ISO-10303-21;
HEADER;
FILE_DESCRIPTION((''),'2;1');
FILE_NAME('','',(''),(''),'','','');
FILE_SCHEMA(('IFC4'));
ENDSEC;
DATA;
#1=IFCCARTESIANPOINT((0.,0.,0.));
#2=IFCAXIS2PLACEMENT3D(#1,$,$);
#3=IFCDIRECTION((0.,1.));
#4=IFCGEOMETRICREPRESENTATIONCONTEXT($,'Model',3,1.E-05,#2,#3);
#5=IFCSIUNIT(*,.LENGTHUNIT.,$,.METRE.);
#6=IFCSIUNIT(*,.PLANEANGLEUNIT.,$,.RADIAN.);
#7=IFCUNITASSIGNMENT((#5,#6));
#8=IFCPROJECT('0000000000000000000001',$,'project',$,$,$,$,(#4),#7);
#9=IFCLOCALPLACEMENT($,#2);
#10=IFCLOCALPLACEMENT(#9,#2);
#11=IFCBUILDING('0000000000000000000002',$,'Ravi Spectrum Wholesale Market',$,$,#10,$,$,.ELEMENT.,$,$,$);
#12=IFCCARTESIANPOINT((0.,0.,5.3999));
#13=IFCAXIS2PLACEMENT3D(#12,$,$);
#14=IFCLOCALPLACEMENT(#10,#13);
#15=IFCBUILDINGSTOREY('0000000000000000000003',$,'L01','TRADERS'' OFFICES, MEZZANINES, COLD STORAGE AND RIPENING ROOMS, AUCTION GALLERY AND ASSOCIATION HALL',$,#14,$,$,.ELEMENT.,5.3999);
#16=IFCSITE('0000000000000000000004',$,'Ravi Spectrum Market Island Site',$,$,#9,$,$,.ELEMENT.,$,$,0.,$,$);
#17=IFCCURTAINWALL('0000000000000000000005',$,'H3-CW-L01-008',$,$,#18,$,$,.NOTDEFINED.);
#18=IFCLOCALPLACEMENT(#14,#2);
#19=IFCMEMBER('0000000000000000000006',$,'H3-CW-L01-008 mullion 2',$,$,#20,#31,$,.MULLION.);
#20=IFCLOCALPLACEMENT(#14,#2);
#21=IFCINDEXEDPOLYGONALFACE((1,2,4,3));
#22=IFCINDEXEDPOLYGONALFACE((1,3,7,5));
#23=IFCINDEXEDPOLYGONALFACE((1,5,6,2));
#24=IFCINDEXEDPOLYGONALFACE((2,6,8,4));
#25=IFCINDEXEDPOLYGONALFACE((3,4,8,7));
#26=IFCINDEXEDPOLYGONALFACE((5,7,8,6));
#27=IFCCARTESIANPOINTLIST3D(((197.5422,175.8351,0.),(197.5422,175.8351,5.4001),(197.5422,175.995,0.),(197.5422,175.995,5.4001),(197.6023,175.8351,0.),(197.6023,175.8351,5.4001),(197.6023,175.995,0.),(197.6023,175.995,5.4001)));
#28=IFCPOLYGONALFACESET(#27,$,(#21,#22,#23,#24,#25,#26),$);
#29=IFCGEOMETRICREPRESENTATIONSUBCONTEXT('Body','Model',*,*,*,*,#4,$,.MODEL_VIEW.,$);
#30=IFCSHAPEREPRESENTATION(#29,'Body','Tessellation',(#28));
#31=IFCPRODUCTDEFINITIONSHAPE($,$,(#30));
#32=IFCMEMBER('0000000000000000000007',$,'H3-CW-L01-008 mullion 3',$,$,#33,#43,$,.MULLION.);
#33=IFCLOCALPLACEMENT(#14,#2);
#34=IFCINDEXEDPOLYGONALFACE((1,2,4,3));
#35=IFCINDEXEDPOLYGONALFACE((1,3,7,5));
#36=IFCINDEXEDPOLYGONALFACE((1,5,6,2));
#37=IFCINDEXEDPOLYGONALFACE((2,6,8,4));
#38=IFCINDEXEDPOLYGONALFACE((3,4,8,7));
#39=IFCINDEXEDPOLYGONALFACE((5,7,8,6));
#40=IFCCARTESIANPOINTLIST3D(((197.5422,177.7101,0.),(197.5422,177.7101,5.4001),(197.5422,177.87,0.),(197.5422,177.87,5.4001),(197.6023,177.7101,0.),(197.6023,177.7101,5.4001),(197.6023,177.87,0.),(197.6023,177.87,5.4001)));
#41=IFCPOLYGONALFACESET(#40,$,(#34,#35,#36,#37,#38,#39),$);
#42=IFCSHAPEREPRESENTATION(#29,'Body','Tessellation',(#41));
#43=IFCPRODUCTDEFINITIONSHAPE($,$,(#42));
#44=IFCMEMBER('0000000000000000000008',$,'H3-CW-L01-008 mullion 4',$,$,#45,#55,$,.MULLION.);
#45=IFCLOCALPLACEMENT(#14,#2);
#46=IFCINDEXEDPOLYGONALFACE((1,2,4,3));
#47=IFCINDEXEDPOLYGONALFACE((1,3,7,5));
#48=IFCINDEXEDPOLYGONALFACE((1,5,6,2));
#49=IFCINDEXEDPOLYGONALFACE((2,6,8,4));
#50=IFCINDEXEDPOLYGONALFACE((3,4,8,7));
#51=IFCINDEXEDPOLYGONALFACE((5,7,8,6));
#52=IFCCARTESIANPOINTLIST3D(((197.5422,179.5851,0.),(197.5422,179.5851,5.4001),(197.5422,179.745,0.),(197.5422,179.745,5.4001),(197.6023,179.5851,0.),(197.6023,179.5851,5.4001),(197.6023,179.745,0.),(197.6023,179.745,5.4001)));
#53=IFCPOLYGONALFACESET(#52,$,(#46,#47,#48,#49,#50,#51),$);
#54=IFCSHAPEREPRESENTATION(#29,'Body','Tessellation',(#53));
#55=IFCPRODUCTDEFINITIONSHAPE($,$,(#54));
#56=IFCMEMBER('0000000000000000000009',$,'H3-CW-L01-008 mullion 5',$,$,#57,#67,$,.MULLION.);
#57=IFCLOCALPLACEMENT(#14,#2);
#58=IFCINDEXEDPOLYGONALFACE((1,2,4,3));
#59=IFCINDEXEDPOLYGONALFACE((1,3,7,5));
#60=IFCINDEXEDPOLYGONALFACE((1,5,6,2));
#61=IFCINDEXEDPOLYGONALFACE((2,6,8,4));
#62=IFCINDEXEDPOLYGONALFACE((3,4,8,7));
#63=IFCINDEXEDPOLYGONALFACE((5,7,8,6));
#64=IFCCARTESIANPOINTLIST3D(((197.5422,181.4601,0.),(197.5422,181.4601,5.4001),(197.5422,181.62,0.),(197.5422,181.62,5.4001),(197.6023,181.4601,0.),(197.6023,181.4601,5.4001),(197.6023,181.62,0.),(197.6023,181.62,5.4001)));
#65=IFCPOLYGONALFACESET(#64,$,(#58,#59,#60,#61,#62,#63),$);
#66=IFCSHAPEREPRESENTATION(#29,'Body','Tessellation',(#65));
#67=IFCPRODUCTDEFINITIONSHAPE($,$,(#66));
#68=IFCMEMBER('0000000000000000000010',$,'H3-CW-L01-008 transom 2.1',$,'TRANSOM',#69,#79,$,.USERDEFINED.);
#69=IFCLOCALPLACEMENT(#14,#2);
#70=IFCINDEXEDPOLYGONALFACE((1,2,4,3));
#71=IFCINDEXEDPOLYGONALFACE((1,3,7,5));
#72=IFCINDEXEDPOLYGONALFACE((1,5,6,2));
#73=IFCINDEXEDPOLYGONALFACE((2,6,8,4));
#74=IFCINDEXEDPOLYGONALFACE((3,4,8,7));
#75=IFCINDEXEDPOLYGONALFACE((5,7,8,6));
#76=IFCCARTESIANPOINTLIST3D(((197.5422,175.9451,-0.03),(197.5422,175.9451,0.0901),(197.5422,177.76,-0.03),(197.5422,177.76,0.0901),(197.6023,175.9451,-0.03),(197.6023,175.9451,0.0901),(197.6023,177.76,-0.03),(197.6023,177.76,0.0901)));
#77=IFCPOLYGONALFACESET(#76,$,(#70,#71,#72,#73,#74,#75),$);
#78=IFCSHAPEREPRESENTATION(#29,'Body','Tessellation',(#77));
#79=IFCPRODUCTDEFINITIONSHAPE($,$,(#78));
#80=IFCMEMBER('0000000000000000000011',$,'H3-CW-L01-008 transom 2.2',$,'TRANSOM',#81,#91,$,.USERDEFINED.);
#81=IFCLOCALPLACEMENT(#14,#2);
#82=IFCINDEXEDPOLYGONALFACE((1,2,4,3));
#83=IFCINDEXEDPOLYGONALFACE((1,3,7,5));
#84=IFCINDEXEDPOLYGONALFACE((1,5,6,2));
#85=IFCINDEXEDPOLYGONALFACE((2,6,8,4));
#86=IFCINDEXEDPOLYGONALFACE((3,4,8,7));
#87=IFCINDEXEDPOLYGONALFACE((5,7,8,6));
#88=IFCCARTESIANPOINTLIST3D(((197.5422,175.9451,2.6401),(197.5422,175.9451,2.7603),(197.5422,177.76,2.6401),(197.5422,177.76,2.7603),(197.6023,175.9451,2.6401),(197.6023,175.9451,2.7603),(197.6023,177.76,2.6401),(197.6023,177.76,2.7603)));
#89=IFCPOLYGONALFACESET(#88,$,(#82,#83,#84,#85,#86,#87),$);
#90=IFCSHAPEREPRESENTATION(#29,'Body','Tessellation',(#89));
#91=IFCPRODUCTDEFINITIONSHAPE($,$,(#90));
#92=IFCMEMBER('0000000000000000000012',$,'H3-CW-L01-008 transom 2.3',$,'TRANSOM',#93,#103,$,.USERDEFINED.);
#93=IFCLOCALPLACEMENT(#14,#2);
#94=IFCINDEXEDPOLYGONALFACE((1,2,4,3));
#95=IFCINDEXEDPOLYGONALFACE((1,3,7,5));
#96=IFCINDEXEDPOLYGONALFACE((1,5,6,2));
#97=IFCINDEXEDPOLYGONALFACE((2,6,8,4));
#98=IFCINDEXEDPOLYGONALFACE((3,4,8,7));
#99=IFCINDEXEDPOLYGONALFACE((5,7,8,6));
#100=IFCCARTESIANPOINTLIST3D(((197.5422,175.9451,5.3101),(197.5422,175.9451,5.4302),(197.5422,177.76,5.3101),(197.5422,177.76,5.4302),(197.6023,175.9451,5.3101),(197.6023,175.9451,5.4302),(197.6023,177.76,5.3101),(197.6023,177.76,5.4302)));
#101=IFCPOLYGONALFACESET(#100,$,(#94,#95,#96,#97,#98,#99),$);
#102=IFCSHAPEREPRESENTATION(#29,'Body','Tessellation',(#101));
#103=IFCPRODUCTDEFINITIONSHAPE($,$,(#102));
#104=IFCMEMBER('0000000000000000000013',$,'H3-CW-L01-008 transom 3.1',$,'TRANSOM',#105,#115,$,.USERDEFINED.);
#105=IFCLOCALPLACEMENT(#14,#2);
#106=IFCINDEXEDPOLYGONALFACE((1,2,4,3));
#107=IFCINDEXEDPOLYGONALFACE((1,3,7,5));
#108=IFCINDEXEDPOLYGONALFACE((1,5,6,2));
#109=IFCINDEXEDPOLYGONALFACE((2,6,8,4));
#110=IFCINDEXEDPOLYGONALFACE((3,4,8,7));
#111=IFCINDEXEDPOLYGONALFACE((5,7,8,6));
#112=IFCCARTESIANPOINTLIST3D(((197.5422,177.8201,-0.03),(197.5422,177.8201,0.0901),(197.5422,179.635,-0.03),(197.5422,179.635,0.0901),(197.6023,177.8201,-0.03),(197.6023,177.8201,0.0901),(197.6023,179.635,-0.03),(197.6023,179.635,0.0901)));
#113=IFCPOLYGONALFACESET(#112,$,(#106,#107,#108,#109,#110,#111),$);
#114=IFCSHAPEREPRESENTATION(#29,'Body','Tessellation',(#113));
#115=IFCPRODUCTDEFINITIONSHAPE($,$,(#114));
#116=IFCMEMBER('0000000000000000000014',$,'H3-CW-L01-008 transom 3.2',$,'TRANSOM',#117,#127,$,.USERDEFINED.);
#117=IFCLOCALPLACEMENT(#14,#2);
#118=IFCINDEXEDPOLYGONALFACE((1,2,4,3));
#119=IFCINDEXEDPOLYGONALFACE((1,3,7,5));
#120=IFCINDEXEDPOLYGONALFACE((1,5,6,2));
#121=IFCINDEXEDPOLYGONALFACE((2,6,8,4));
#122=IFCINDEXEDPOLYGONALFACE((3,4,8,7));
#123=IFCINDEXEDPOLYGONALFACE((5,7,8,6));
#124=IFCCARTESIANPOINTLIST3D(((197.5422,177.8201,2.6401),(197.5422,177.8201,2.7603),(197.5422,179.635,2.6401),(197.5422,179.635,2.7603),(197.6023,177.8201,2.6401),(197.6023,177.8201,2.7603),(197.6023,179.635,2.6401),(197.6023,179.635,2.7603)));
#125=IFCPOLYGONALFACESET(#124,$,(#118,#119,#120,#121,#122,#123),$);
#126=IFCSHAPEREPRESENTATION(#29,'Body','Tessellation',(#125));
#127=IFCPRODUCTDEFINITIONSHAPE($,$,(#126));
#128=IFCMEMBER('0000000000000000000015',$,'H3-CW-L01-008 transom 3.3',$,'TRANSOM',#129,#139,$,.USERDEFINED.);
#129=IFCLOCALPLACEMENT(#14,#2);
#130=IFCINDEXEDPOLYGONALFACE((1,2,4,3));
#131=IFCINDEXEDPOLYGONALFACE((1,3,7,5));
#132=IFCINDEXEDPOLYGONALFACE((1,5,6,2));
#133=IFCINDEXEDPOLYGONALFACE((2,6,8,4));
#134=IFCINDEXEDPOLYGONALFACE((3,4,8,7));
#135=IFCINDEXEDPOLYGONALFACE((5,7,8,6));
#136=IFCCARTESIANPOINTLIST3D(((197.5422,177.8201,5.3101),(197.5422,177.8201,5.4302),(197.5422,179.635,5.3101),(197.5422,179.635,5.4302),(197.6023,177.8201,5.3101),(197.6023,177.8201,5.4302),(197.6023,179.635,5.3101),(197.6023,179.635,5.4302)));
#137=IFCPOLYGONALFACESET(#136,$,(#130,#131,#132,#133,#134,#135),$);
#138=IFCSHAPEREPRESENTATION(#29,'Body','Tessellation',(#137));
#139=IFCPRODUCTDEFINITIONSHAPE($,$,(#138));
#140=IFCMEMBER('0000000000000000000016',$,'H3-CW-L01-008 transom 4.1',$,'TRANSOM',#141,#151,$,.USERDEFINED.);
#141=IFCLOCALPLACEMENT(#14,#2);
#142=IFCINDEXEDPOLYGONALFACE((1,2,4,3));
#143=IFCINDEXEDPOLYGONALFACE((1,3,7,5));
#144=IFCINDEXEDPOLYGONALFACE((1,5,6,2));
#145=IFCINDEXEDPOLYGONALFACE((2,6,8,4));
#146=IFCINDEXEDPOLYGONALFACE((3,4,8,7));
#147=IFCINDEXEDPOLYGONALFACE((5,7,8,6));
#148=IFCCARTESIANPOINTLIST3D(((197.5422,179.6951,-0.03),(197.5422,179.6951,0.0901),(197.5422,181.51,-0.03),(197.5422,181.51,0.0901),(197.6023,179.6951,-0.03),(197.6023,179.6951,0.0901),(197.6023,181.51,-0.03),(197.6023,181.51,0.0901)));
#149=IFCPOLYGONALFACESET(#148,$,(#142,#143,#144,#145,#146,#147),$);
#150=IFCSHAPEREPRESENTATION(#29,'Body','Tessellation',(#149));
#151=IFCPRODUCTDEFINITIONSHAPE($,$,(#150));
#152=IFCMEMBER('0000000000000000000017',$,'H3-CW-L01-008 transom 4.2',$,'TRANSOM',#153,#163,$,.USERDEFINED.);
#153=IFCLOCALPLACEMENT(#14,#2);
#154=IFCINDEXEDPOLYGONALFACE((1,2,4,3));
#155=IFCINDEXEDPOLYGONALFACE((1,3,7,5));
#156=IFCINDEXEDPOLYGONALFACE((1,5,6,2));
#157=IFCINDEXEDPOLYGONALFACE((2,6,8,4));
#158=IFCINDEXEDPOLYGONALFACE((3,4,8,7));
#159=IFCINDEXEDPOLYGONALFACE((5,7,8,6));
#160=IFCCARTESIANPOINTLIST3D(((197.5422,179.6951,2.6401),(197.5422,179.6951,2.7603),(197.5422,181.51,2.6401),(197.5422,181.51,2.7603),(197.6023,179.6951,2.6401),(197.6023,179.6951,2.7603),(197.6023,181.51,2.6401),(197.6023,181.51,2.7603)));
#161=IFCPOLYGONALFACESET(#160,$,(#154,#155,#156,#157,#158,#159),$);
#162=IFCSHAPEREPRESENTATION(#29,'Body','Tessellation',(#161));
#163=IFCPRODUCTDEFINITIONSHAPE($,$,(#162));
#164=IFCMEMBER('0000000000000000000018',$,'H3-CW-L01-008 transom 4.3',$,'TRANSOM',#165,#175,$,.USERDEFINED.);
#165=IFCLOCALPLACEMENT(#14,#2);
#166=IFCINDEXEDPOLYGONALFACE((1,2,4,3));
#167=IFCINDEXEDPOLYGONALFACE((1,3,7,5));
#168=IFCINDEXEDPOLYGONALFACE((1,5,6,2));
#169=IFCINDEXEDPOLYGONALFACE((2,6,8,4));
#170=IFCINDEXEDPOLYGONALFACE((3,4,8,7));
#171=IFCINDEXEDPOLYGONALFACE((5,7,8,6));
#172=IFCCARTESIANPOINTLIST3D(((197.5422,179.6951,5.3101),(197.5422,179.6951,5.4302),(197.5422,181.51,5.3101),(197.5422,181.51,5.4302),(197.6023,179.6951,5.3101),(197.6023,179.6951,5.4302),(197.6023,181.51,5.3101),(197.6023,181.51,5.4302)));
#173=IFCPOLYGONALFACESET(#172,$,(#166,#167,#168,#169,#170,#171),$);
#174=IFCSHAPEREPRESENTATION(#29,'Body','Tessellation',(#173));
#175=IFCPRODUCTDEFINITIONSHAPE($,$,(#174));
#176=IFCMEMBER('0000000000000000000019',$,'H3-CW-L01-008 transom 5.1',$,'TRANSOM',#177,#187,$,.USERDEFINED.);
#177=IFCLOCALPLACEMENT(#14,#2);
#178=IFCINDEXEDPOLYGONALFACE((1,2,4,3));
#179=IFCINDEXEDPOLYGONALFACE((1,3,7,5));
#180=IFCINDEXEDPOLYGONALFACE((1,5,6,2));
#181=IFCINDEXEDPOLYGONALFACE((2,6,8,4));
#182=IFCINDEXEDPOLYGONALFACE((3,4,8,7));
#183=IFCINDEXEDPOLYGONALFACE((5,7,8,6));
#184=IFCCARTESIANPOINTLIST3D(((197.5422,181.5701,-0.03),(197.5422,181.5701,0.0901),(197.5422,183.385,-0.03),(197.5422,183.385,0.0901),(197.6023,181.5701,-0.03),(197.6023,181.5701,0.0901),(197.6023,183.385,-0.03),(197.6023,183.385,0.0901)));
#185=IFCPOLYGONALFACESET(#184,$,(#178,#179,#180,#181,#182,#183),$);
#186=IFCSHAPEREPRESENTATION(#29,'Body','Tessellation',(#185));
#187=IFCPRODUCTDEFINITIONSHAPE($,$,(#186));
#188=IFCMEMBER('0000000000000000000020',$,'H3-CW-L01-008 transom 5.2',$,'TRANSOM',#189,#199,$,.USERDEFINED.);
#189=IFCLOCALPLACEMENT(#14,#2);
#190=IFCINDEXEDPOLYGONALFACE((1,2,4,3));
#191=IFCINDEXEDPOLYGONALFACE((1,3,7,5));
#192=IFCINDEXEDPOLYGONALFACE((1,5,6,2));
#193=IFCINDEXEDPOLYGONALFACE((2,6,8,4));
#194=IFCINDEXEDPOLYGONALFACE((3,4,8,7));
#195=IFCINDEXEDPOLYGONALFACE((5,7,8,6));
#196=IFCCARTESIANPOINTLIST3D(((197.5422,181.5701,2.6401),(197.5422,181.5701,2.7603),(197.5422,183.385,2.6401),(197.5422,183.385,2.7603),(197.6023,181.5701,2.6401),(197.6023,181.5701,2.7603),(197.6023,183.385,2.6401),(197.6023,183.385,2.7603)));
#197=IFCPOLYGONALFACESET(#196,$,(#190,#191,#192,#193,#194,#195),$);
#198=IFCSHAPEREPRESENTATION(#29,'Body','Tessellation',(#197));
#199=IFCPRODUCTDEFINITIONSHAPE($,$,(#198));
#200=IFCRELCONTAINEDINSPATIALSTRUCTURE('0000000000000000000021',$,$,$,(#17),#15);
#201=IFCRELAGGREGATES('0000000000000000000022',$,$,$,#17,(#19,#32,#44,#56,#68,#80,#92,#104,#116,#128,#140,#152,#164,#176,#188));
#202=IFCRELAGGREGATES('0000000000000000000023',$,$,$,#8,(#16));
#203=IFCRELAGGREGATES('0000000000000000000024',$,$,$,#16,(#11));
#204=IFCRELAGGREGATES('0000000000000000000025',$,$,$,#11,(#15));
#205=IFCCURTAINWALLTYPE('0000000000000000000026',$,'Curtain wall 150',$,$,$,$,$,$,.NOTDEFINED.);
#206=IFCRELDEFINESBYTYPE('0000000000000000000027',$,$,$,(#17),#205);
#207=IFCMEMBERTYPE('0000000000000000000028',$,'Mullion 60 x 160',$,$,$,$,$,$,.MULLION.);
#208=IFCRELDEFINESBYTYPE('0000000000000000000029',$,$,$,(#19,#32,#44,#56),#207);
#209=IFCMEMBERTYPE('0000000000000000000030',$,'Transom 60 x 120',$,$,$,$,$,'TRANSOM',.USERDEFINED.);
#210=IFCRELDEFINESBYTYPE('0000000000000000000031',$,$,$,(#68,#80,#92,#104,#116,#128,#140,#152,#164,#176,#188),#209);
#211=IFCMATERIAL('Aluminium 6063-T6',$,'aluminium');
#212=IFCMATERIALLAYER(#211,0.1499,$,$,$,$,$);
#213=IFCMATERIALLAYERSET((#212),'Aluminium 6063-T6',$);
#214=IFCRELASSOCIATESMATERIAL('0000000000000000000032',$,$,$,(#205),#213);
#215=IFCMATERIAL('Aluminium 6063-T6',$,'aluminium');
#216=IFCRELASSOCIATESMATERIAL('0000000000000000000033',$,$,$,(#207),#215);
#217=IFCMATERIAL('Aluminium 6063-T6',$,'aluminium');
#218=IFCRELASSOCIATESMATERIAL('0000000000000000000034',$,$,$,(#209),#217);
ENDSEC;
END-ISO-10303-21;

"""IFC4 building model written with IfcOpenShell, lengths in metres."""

from ifc_helpers import new_model, si_unit, direction, frame, origin, origin_2d, place, context, subcontext, project, spatial, rectangle, extrude, material, layer, layer_set, material_profile, profile_set, type_object, element, aggregate, save


model = new_model("IFC4")

# Units and contexts
model_context = context("Model", 3, precision=1e-05, world=origin(), true_north=direction((0.0, 1.0)))
body_context = subcontext(model_context, "Body", "Model", "MODEL_VIEW")
ifc_project = project(units=[si_unit("LENGTHUNIT", "METRE"), si_unit("PLANEANGLEUNIT", "RADIAN")], contexts=[model_context])

# Site, building, storey
site_placement = place(None, origin())
site = spatial("IfcSite", under=ifc_project, at=site_placement, Name="Ravi Spectrum Market Island Site", CompositionType="ELEMENT", RefElevation=0.0)
building_placement = place(site_placement, origin())
building = spatial("IfcBuilding", under=site, at=building_placement, Name="Ravi Spectrum Wholesale Market", CompositionType="ELEMENT")
storey_placement = place(building_placement, frame((0.0, 0.0, 5.3999)))
storey = spatial("IfcBuildingStorey", under=building, at=storey_placement, Name="L01", Description="TRADERS' OFFICES, MEZZANINES, COLD STORAGE AND RIPENING ROOMS, AUCTION GALLERY AND ASSOCIATION HALL", CompositionType="ELEMENT", Elevation=5.3999)

# Curtain wall, members
ifc_material_1 = material(Name="Aluminium 6063-T6", Category="aluminium")
ifc_layer_1 = layer(ifc_material_1, 0.1499)
ifc_layer_set_1 = layer_set([ifc_layer_1], Name="Aluminium 6063-T6")
curtain_wall_type = type_object("IfcCurtainWallType", Name="Curtain wall 150", PredefinedType="NOTDEFINED", material=ifc_layer_set_1)
curtain_wall_placement = place(storey_placement, origin())
curtain_wall = element("IfcCurtainWall", 1, at=curtain_wall_placement, inside=storey, type_object=curtain_wall_type, Name="H3-CW-L01-008", PredefinedType="NOTDEFINED")
ifc_material_2 = material(Name="Aluminium 6063-T6", Category="aluminium")
ifc_material_profile_1 = material_profile(ifc_material_2, rectangle(XDim=0.0601, YDim=0.1599, at=origin_2d()))
ifc_profile_set_1 = profile_set([ifc_material_profile_1], Name="Aluminium 6063-T6")
member_type_1 = type_object("IfcMemberType", Name="Mullion 60 x 160", PredefinedType="MULLION", material=ifc_profile_set_1)
member_1_placement = place(storey_placement, frame((197.5723, 175.915, 0.0), z_axis=(0.0, 0.0, 1.0), x_axis=(-1.0, 0.0, 0.0)))
member_1 = element("IfcMember", 2, at=member_1_placement, type_object=member_type_1, Name="H3-CW-L01-008 mullion 2", PredefinedType="MULLION", context=body_context, shape_type="SweptSolid", body=[
    extrude(rectangle(XDim=0.0601, YDim=0.1599, at=origin_2d()), origin(), (0.0, 0.0, 1.0), 5.4001),
])
member_2_placement = place(storey_placement, frame((197.5723, 177.79, 0.0), z_axis=(0.0, 0.0, 1.0), x_axis=(-1.0, 0.0, 0.0)))
member_2 = element("IfcMember", 3, at=member_2_placement, type_object=member_type_1, Name="H3-CW-L01-008 mullion 3", PredefinedType="MULLION", context=body_context, shape_type="SweptSolid", body=[
    extrude(rectangle(XDim=0.0601, YDim=0.1599, at=origin_2d()), origin(), (0.0, 0.0, 1.0), 5.4001),
])
member_3_placement = place(storey_placement, frame((197.5723, 179.665, 0.0), z_axis=(0.0, 0.0, 1.0), x_axis=(-1.0, 0.0, 0.0)))
member_3 = element("IfcMember", 4, at=member_3_placement, type_object=member_type_1, Name="H3-CW-L01-008 mullion 4", PredefinedType="MULLION", context=body_context, shape_type="SweptSolid", body=[
    extrude(rectangle(XDim=0.0601, YDim=0.1599, at=origin_2d()), origin(), (0.0, 0.0, 1.0), 5.4001),
])
member_4_placement = place(storey_placement, frame((197.5723, 181.54, 0.0), z_axis=(0.0, 0.0, 1.0), x_axis=(-1.0, 0.0, 0.0)))
member_4 = element("IfcMember", 5, at=member_4_placement, type_object=member_type_1, Name="H3-CW-L01-008 mullion 5", PredefinedType="MULLION", context=body_context, shape_type="SweptSolid", body=[
    extrude(rectangle(XDim=0.0601, YDim=0.1599, at=origin_2d()), origin(), (0.0, 0.0, 1.0), 5.4001),
])
ifc_material_3 = material(Name="Aluminium 6063-T6", Category="aluminium")
ifc_material_profile_2 = material_profile(ifc_material_3, rectangle(XDim=0.0601, YDim=0.1201, at=origin_2d()))
ifc_profile_set_2 = profile_set([ifc_material_profile_2], Name="Aluminium 6063-T6")
member_type_2 = type_object("IfcMemberType", Name="Transom 60 x 120", ElementType="TRANSOM", PredefinedType="USERDEFINED", material=ifc_profile_set_2)
member_5_placement = place(storey_placement, frame((197.5723, 175.9451, 0.03), z_axis=(0.0, 1.0, 0.0), x_axis=(-1.0, 0.0, 0.0)))
member_5 = element("IfcMember", 6, at=member_5_placement, type_object=member_type_2, Name="H3-CW-L01-008 transom 2.1", ObjectType="TRANSOM", PredefinedType="USERDEFINED", context=body_context, shape_type="SweptSolid", body=[
    extrude(rectangle(XDim=0.0601, YDim=0.1201, at=origin_2d()), origin(), (0.0, 0.0, 1.0), 1.8149),
])
member_6_placement = place(storey_placement, frame((197.5723, 175.9451, 2.7002), z_axis=(0.0, 1.0, 0.0), x_axis=(-1.0, 0.0, 0.0)))
member_6 = element("IfcMember", 7, at=member_6_placement, type_object=member_type_2, Name="H3-CW-L01-008 transom 2.2", ObjectType="TRANSOM", PredefinedType="USERDEFINED", context=body_context, shape_type="SweptSolid", body=[
    extrude(rectangle(XDim=0.0601, YDim=0.1201, at=origin_2d()), origin(), (0.0, 0.0, 1.0), 1.8149),
])
member_7_placement = place(storey_placement, frame((197.5723, 175.9451, 5.3701), z_axis=(0.0, 1.0, 0.0), x_axis=(-1.0, 0.0, 0.0)))
member_7 = element("IfcMember", 8, at=member_7_placement, type_object=member_type_2, Name="H3-CW-L01-008 transom 2.3", ObjectType="TRANSOM", PredefinedType="USERDEFINED", context=body_context, shape_type="SweptSolid", body=[
    extrude(rectangle(XDim=0.0601, YDim=0.1201, at=origin_2d()), origin(), (0.0, 0.0, 1.0), 1.8149),
])
member_8_placement = place(storey_placement, frame((197.5723, 177.8201, 0.03), z_axis=(0.0, 1.0, 0.0), x_axis=(-1.0, 0.0, 0.0)))
member_8 = element("IfcMember", 9, at=member_8_placement, type_object=member_type_2, Name="H3-CW-L01-008 transom 3.1", ObjectType="TRANSOM", PredefinedType="USERDEFINED", context=body_context, shape_type="SweptSolid", body=[
    extrude(rectangle(XDim=0.0601, YDim=0.1201, at=origin_2d()), origin(), (0.0, 0.0, 1.0), 1.8149),
])
member_9_placement = place(storey_placement, frame((197.5723, 177.8201, 2.7002), z_axis=(0.0, 1.0, 0.0), x_axis=(-1.0, 0.0, 0.0)))
member_9 = element("IfcMember", 10, at=member_9_placement, type_object=member_type_2, Name="H3-CW-L01-008 transom 3.2", ObjectType="TRANSOM", PredefinedType="USERDEFINED", context=body_context, shape_type="SweptSolid", body=[
    extrude(rectangle(XDim=0.0601, YDim=0.1201, at=origin_2d()), origin(), (0.0, 0.0, 1.0), 1.8149),
])
member_10_placement = place(storey_placement, frame((197.5723, 177.8201, 5.3701), z_axis=(0.0, 1.0, 0.0), x_axis=(-1.0, 0.0, 0.0)))
member_10 = element("IfcMember", 11, at=member_10_placement, type_object=member_type_2, Name="H3-CW-L01-008 transom 3.3", ObjectType="TRANSOM", PredefinedType="USERDEFINED", context=body_context, shape_type="SweptSolid", body=[
    extrude(rectangle(XDim=0.0601, YDim=0.1201, at=origin_2d()), origin(), (0.0, 0.0, 1.0), 1.8149),
])
member_11_placement = place(storey_placement, frame((197.5723, 179.6951, 0.03), z_axis=(0.0, 1.0, 0.0), x_axis=(-1.0, 0.0, 0.0)))
member_11 = element("IfcMember", 12, at=member_11_placement, type_object=member_type_2, Name="H3-CW-L01-008 transom 4.1", ObjectType="TRANSOM", PredefinedType="USERDEFINED", context=body_context, shape_type="SweptSolid", body=[
    extrude(rectangle(XDim=0.0601, YDim=0.1201, at=origin_2d()), origin(), (0.0, 0.0, 1.0), 1.8149),
])
member_12_placement = place(storey_placement, frame((197.5723, 179.6951, 2.7002), z_axis=(0.0, 1.0, 0.0), x_axis=(-1.0, 0.0, 0.0)))
member_12 = element("IfcMember", 13, at=member_12_placement, type_object=member_type_2, Name="H3-CW-L01-008 transom 4.2", ObjectType="TRANSOM", PredefinedType="USERDEFINED", context=body_context, shape_type="SweptSolid", body=[
    extrude(rectangle(XDim=0.0601, YDim=0.1201, at=origin_2d()), origin(), (0.0, 0.0, 1.0), 1.8149),
])
member_13_placement = place(storey_placement, frame((197.5723, 179.6951, 5.3701), z_axis=(0.0, 1.0, 0.0), x_axis=(-1.0, 0.0, 0.0)))
member_13 = element("IfcMember", 14, at=member_13_placement, type_object=member_type_2, Name="H3-CW-L01-008 transom 4.3", ObjectType="TRANSOM", PredefinedType="USERDEFINED", context=body_context, shape_type="SweptSolid", body=[
    extrude(rectangle(XDim=0.0601, YDim=0.1201, at=origin_2d()), origin(), (0.0, 0.0, 1.0), 1.8149),
])
member_14_placement = place(storey_placement, frame((197.5723, 181.5701, 0.03), z_axis=(0.0, 1.0, 0.0), x_axis=(-1.0, 0.0, 0.0)))
member_14 = element("IfcMember", 15, at=member_14_placement, type_object=member_type_2, Name="H3-CW-L01-008 transom 5.1", ObjectType="TRANSOM", PredefinedType="USERDEFINED", context=body_context, shape_type="SweptSolid", body=[
    extrude(rectangle(XDim=0.0601, YDim=0.1201, at=origin_2d()), origin(), (0.0, 0.0, 1.0), 1.8149),
])
member_15_placement = place(storey_placement, frame((197.5723, 181.5701, 2.7002), z_axis=(0.0, 1.0, 0.0), x_axis=(-1.0, 0.0, 0.0)))
member_15 = element("IfcMember", 16, at=member_15_placement, type_object=member_type_2, Name="H3-CW-L01-008 transom 5.2", ObjectType="TRANSOM", PredefinedType="USERDEFINED", context=body_context, shape_type="SweptSolid", body=[
    extrude(rectangle(XDim=0.0601, YDim=0.1201, at=origin_2d()), origin(), (0.0, 0.0, 1.0), 1.8149),
])
aggregate(curtain_wall, [member_1, member_2, member_3, member_4, member_5, member_6, member_7, member_8, member_9, member_10, member_11, member_12, member_13, member_14, member_15])

save(model, "model.ifc")
